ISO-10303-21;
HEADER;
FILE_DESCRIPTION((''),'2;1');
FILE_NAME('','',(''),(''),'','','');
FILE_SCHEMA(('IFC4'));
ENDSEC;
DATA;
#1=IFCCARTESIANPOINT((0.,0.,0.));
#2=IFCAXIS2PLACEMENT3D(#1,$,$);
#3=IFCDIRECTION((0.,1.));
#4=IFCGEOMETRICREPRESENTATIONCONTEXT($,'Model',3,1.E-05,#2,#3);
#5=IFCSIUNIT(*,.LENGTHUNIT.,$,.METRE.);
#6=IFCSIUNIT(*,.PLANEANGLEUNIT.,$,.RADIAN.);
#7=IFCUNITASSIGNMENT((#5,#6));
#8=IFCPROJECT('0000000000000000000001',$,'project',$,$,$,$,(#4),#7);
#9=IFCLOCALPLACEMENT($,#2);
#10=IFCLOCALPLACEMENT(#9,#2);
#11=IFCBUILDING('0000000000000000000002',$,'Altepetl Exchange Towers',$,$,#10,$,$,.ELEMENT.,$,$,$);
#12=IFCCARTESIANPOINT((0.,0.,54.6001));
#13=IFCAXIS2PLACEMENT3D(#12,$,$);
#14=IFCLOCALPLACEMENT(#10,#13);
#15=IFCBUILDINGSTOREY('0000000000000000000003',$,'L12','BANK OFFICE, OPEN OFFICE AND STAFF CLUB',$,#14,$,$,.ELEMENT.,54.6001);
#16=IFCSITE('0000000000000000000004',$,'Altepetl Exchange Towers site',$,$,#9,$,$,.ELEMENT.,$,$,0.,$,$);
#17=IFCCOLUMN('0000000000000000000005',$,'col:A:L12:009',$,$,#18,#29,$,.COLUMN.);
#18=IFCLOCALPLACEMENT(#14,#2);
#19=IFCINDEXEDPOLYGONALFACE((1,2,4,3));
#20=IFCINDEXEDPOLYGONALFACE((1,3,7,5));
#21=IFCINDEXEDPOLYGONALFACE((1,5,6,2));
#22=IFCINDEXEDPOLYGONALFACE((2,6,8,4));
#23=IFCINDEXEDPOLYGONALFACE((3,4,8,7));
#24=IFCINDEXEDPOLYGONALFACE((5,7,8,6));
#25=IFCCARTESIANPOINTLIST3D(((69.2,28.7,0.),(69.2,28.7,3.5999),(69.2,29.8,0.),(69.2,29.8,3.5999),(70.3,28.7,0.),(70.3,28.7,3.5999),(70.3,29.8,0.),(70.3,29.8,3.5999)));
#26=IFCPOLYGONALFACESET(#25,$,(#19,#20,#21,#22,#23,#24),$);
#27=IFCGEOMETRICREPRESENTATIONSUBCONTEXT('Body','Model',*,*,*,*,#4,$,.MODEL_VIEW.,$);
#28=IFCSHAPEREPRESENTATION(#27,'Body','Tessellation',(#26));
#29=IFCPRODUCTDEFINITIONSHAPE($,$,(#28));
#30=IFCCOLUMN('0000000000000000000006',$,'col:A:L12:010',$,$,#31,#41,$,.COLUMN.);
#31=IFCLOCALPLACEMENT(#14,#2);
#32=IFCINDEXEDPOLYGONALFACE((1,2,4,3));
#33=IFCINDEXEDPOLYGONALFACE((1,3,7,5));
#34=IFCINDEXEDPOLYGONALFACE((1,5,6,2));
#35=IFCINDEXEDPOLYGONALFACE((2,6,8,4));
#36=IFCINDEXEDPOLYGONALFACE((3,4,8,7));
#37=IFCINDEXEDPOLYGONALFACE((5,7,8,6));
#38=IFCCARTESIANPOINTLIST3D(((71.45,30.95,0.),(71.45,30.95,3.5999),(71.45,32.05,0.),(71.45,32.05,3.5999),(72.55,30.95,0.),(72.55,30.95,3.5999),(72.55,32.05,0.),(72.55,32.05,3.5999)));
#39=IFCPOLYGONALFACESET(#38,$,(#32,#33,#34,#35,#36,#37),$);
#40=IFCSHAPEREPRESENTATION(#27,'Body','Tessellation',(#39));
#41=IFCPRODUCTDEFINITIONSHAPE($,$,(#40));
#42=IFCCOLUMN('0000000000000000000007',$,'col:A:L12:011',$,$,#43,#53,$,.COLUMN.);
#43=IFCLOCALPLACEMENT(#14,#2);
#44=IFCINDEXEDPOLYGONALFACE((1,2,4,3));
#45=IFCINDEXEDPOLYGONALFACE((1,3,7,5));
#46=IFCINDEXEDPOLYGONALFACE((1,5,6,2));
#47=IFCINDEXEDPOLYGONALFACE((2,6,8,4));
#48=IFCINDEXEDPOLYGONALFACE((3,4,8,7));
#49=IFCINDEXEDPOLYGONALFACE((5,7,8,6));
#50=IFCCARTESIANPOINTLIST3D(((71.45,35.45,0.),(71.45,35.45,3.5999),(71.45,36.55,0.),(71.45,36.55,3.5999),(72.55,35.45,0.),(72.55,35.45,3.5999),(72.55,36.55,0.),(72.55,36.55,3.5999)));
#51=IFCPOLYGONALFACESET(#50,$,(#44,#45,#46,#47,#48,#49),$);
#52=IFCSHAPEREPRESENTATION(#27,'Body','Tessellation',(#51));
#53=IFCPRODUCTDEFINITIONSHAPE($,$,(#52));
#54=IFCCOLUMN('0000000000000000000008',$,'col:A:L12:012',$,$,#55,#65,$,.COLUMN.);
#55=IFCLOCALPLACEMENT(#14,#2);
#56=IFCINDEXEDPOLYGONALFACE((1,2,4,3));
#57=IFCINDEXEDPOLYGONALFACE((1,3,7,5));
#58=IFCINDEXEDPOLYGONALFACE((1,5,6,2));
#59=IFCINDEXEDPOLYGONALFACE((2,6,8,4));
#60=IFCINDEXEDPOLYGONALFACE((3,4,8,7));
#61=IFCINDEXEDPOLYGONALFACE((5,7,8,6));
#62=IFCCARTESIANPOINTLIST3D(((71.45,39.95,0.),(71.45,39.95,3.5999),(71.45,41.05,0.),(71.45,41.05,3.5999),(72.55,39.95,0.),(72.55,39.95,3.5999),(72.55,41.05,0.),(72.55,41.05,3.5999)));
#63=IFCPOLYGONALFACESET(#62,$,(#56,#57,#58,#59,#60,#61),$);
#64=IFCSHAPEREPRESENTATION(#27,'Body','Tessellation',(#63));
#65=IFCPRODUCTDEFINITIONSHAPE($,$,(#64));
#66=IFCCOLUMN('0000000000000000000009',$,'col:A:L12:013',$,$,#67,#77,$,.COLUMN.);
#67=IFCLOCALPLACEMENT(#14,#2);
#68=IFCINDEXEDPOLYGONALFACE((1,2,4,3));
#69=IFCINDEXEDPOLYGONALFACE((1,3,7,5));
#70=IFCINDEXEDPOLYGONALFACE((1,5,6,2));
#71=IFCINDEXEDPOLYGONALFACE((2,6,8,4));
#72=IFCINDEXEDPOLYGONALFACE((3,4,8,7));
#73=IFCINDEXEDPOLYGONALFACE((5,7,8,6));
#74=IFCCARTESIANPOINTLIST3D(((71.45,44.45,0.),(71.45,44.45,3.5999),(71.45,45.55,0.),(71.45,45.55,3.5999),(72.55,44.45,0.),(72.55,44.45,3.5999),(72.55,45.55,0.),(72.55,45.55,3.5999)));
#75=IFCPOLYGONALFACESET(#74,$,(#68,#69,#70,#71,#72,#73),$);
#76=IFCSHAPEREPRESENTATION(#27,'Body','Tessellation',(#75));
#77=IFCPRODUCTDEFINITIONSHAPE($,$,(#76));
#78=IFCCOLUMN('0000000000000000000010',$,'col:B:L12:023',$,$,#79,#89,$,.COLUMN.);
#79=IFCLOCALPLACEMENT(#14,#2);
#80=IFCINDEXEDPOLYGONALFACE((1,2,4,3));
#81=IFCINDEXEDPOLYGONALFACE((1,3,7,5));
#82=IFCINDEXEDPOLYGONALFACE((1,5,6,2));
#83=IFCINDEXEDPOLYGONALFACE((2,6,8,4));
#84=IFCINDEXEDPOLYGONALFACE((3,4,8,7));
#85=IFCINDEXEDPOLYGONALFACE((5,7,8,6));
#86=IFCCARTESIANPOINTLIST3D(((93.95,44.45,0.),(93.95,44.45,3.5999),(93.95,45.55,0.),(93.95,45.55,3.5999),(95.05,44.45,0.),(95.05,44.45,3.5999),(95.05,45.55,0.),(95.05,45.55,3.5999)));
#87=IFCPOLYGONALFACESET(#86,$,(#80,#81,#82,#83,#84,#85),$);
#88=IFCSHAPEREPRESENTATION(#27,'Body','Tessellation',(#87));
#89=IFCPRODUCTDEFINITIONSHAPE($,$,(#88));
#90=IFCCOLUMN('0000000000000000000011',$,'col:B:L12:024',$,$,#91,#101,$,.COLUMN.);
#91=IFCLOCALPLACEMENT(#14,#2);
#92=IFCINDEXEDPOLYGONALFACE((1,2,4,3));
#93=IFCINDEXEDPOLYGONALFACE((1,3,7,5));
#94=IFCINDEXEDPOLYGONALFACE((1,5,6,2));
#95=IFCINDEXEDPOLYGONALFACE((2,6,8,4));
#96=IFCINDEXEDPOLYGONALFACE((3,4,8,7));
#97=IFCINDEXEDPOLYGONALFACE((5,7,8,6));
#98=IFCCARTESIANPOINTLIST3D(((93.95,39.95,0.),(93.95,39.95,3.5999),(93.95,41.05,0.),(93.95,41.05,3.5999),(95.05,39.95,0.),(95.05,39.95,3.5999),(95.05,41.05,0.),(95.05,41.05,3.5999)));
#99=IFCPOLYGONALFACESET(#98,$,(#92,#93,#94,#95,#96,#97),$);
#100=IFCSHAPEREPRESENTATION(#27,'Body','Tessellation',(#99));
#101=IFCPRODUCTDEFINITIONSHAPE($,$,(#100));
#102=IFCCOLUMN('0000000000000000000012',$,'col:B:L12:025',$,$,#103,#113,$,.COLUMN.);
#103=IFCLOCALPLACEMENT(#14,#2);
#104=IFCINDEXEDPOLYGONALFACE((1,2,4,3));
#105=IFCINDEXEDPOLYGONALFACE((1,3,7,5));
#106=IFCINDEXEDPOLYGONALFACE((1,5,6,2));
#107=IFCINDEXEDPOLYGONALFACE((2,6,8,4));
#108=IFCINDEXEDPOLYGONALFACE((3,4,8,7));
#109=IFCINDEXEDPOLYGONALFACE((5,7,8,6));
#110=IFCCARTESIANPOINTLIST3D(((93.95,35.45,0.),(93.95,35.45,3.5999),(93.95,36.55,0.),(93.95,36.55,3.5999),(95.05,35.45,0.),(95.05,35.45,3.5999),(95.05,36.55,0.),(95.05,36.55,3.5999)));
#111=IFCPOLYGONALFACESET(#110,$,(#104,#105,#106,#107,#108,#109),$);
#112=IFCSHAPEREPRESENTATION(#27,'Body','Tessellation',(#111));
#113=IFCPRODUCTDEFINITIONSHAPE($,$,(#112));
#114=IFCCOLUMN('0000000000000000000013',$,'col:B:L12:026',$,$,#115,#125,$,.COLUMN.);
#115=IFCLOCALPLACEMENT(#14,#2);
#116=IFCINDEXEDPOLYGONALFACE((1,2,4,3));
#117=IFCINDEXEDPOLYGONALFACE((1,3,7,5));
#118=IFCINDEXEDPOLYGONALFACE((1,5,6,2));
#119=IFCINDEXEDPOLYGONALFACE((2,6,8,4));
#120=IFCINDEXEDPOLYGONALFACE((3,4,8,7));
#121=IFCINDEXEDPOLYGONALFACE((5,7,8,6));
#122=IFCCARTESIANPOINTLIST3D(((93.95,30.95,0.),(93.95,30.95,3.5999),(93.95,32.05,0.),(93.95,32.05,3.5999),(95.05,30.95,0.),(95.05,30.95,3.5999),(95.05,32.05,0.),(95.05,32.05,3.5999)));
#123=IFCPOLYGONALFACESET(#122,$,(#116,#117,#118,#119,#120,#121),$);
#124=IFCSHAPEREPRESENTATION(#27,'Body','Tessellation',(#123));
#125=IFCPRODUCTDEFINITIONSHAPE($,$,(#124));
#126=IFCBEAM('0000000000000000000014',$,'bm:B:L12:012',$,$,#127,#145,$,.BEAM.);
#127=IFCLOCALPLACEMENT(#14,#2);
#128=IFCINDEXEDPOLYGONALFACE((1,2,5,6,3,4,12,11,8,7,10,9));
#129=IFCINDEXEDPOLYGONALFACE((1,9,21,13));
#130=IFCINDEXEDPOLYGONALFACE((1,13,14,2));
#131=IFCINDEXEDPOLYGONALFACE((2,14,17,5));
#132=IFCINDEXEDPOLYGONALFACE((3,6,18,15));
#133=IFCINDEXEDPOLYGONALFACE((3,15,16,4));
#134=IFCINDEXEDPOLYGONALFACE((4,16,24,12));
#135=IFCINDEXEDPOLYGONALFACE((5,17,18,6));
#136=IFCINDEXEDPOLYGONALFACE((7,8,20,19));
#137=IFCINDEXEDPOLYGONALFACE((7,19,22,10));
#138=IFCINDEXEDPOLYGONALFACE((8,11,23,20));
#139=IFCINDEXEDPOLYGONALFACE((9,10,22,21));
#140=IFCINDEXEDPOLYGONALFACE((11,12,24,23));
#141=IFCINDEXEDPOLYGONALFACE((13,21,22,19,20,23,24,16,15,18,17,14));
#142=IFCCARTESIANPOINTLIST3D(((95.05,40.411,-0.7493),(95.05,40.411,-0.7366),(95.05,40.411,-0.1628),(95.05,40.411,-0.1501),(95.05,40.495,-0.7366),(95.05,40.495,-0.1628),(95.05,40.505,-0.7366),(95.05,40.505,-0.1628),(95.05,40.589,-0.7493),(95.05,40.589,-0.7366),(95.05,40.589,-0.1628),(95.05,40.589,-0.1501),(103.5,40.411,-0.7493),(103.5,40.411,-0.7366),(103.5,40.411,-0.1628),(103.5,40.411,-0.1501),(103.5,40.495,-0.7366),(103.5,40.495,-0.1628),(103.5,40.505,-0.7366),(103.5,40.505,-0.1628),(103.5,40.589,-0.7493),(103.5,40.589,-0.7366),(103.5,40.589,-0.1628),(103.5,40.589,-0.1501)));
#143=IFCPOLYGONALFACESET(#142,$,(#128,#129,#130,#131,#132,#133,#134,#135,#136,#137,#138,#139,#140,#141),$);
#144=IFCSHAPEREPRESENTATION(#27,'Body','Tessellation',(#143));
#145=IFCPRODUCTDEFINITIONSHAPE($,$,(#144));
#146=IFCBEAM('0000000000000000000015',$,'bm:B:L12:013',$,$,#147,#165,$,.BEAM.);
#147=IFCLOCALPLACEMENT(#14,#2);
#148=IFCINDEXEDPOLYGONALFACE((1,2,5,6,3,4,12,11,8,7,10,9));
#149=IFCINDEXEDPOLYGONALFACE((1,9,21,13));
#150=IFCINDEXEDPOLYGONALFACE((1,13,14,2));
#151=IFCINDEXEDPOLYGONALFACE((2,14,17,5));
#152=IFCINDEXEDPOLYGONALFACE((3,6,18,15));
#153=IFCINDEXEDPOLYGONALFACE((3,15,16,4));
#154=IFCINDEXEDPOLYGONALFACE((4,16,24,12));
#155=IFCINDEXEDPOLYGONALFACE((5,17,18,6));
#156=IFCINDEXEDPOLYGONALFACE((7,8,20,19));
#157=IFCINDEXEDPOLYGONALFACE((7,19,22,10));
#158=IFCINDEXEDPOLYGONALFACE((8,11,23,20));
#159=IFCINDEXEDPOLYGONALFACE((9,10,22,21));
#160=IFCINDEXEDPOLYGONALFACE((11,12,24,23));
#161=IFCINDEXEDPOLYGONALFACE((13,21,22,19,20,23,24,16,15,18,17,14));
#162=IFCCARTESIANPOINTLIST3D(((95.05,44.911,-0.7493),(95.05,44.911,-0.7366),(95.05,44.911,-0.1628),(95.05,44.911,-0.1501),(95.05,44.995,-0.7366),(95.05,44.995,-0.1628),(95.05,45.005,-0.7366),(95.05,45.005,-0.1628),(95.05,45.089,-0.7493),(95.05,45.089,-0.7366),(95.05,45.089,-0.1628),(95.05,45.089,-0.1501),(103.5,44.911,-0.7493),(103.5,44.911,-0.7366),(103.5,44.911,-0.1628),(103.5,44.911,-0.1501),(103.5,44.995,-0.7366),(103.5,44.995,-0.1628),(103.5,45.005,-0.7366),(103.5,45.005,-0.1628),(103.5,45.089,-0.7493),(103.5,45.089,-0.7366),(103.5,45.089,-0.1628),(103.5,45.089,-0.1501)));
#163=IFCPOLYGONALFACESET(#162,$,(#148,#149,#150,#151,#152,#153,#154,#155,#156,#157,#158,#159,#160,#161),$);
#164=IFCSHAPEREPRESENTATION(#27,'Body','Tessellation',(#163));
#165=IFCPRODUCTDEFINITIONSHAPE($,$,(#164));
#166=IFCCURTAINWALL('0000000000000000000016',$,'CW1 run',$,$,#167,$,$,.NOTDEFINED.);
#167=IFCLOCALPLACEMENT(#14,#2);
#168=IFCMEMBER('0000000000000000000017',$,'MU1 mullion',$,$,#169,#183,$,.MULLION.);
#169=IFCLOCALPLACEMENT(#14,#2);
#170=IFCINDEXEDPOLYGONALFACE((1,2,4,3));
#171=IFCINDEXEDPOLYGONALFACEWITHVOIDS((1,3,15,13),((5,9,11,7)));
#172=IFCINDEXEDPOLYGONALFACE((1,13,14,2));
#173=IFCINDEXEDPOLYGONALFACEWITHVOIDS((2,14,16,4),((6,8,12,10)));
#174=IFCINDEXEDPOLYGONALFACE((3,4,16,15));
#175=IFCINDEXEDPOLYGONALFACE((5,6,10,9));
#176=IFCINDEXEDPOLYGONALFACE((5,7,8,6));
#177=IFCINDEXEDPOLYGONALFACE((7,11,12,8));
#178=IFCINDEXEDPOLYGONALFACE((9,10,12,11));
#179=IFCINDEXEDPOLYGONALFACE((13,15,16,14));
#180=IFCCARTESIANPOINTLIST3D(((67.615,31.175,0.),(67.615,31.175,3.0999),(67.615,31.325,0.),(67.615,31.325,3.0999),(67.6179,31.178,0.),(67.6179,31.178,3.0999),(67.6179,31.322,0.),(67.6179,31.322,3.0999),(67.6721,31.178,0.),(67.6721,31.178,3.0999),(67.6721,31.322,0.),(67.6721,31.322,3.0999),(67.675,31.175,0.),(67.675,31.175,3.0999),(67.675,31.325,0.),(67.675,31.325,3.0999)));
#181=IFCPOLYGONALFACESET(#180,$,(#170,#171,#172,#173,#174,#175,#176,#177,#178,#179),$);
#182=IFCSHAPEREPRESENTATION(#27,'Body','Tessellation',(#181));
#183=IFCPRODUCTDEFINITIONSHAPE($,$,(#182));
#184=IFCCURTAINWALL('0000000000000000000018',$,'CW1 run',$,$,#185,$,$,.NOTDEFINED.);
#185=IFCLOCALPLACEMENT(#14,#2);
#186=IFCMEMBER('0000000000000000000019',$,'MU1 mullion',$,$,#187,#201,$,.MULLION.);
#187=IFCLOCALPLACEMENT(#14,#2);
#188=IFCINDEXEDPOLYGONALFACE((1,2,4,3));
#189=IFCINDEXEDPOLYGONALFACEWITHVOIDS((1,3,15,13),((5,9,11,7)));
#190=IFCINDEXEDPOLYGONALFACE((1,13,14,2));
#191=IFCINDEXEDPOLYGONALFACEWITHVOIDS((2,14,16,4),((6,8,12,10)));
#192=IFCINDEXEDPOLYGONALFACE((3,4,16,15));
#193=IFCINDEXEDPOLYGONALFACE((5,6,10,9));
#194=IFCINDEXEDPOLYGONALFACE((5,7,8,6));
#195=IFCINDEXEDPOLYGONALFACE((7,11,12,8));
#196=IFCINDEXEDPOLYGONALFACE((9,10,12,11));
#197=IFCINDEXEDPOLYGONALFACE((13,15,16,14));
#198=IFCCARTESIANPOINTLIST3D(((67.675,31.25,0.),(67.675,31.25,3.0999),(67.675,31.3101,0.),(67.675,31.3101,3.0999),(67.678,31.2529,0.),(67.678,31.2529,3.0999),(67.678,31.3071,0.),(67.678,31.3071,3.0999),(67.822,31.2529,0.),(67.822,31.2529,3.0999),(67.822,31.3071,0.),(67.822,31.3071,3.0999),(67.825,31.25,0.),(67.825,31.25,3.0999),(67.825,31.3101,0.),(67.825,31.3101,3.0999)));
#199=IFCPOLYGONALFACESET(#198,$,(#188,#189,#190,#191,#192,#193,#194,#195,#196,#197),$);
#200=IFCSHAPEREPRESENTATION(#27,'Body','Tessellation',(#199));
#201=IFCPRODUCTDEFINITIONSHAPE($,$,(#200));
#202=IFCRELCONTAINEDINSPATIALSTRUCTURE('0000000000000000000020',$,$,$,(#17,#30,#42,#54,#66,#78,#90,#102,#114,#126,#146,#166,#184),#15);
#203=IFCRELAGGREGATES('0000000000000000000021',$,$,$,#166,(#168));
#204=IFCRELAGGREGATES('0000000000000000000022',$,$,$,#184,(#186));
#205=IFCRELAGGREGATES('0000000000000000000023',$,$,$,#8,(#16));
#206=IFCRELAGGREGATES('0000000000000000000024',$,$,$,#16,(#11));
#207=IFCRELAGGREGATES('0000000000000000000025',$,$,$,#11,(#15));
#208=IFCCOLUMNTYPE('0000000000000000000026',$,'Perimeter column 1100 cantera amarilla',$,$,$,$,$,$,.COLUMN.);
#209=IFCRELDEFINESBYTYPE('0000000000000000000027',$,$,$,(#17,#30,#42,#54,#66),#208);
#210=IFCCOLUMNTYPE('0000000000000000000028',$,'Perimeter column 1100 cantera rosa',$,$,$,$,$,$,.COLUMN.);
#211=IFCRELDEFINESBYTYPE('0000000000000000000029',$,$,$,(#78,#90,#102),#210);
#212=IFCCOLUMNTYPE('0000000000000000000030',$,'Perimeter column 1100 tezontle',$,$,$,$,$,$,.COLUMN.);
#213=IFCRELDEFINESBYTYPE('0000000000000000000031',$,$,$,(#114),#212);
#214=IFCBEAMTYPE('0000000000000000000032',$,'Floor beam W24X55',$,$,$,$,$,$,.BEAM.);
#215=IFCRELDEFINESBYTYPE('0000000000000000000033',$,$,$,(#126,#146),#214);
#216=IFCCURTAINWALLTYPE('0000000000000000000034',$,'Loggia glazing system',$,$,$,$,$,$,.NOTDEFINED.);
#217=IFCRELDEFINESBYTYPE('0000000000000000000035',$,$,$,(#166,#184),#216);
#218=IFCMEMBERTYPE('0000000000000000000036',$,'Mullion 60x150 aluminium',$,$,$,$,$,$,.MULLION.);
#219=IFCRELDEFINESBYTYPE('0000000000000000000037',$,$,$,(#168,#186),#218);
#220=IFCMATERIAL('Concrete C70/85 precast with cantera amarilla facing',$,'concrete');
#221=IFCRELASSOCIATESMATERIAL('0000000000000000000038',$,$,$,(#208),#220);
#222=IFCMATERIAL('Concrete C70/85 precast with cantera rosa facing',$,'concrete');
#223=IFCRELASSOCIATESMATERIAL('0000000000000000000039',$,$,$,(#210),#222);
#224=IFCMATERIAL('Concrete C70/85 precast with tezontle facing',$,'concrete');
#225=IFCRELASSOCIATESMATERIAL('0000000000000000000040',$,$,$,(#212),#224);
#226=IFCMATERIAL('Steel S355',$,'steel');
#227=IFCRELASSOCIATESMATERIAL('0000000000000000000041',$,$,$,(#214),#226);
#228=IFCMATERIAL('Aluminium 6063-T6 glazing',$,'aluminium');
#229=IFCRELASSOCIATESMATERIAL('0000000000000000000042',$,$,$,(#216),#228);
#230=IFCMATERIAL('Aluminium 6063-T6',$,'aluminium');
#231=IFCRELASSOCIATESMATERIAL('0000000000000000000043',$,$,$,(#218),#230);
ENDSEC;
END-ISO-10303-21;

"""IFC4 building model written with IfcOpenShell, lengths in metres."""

from ifc_helpers import new_model, si_unit, direction, frame, origin, origin_2d, place, context, subcontext, project, spatial, rectangle, hollow_rectangle, i_section, extrude, material, material_profile, profile_set, type_object, element, aggregate, save


model = new_model("IFC4")

# Units and contexts
model_context = context("Model", 3, precision=1e-05, world=origin(), true_north=direction((0.0, 1.0)))
body_context = subcontext(model_context, "Body", "Model", "MODEL_VIEW")
ifc_project = project(units=[si_unit("LENGTHUNIT", "METRE"), si_unit("PLANEANGLEUNIT", "RADIAN")], contexts=[model_context])

# Site, building, storey
site_placement = place(None, origin())
site = spatial("IfcSite", under=ifc_project, at=site_placement, Name="Altepetl Exchange Towers site", CompositionType="ELEMENT", RefElevation=0.0)
building_placement = place(site_placement, origin())
building = spatial("IfcBuilding", under=site, at=building_placement, Name="Altepetl Exchange Towers", CompositionType="ELEMENT")
storey_placement = place(building_placement, frame((0.0, 0.0, 54.6001)))
storey = spatial("IfcBuildingStorey", under=building, at=storey_placement, Name="L12", Description="BANK OFFICE, OPEN OFFICE AND STAFF CLUB", CompositionType="ELEMENT", Elevation=54.6001)

# Columns
ifc_material_1 = material(Name="Concrete C70/85 precast with cantera amarilla facing", Category="concrete")
ifc_material_profile_1 = material_profile(ifc_material_1, rectangle(XDim=1.1001, YDim=1.1001, at=origin_2d()), Name="1100 x 1100")
ifc_profile_set_1 = profile_set([ifc_material_profile_1], Name="Concrete C70/85 precast with cantera amarilla facing")
column_type_1 = type_object("IfcColumnType", Name="Perimeter column 1100 cantera amarilla", PredefinedType="COLUMN", material=ifc_profile_set_1)
for number, where, name in (
    (1, (69.75, 29.25, 0.0), "col:A:L12:009"),
    (2, (72.0, 31.5, 0.0), "col:A:L12:010"),
    (3, (72.0, 36.0, 0.0), "col:A:L12:011"),
    (4, (72.0, 40.5, 0.0), "col:A:L12:012"),
    (5, (72.0, 45.0, 0.0), "col:A:L12:013"),
):
    element("IfcColumn", number, at=place(storey_placement, frame(where)), inside=storey, type_object=column_type_1, Name=name, PredefinedType="COLUMN", context=body_context, shape_type="SweptSolid", body=[
        extrude(rectangle(XDim=1.1001, YDim=1.1001, at=origin_2d()), origin(), (0.0, 0.0, 1.0), 3.5999),
    ])
ifc_material_2 = material(Name="Concrete C70/85 precast with cantera rosa facing", Category="concrete")
ifc_material_profile_2 = material_profile(ifc_material_2, rectangle(XDim=1.1001, YDim=1.1001, at=origin_2d()), Name="1100 x 1100")
ifc_profile_set_2 = profile_set([ifc_material_profile_2], Name="Concrete C70/85 precast with cantera rosa facing")
column_type_2 = type_object("IfcColumnType", Name="Perimeter column 1100 cantera rosa", PredefinedType="COLUMN", material=ifc_profile_set_2)
for number, where, name in (
    (6, (94.5, 45.0, 0.0), "col:B:L12:023"),
    (7, (94.5, 40.5, 0.0), "col:B:L12:024"),
    (8, (94.5, 36.0, 0.0), "col:B:L12:025"),
):
    element("IfcColumn", number, at=place(storey_placement, frame(where)), inside=storey, type_object=column_type_2, Name=name, PredefinedType="COLUMN", context=body_context, shape_type="SweptSolid", body=[
        extrude(rectangle(XDim=1.1001, YDim=1.1001, at=origin_2d()), origin(), (0.0, 0.0, 1.0), 3.5999),
    ])
ifc_material_3 = material(Name="Concrete C70/85 precast with tezontle facing", Category="concrete")
ifc_material_profile_3 = material_profile(ifc_material_3, rectangle(XDim=1.1001, YDim=1.1001, at=origin_2d()), Name="1100 x 1100")
ifc_profile_set_3 = profile_set([ifc_material_profile_3], Name="Concrete C70/85 precast with tezontle facing")
column_type_3 = type_object("IfcColumnType", Name="Perimeter column 1100 tezontle", PredefinedType="COLUMN", material=ifc_profile_set_3)
column_placement = place(storey_placement, frame((94.5, 31.5, 0.0)))
element("IfcColumn", 9, at=column_placement, inside=storey, type_object=column_type_3, Name="col:B:L12:026", PredefinedType="COLUMN", context=body_context, shape_type="SweptSolid", body=[
    extrude(rectangle(XDim=1.1001, YDim=1.1001, at=origin_2d()), origin(), (0.0, 0.0, 1.0), 3.5999),
])

# Beams
ifc_material_4 = material(Name="Steel S355", Category="steel")
ifc_material_profile_4 = material_profile(ifc_material_4, i_section(OverallWidth=0.178, OverallDepth=0.5991, WebThickness=0.01, FlangeThickness=0.0127, at=origin_2d()), Name="W24X55")
ifc_profile_set_4 = profile_set([ifc_material_profile_4], Name="Steel S355")
beam_type_1 = type_object("IfcBeamType", Name="Floor beam W24X55", PredefinedType="BEAM", material=ifc_profile_set_4)
for number, where, z_axis, x_axis, name in (
    (10, (95.05, 40.5, -0.4497), (1.0, 0.0, 0.0), (0.0, 1.0, 0.0), "bm:B:L12:012"),
    (11, (95.05, 45.0, -0.4497), (1.0, 0.0, 0.0), (0.0, 1.0, 0.0), "bm:B:L12:013"),
):
    element("IfcBeam", number, at=place(storey_placement, frame(where, z_axis=z_axis, x_axis=x_axis)), inside=storey, type_object=beam_type_1, Name=name, PredefinedType="BEAM", context=body_context, shape_type="SweptSolid", body=[
        extrude(i_section(OverallWidth=0.178, OverallDepth=0.5991, WebThickness=0.01, FlangeThickness=0.0127, at=origin_2d()), origin(), (0.0, 0.0, 1.0), 8.45),
    ])

# Curtain wall, member
ifc_material_5 = material(Name="Aluminium 6063-T6 glazing", Category="aluminium")
curtain_wall_type = type_object("IfcCurtainWallType", Name="Loggia glazing system", PredefinedType="NOTDEFINED", material=ifc_material_5)
curtain_wall_1_placement = place(storey_placement, origin())
curtain_wall_1 = element("IfcCurtainWall", 12, at=curtain_wall_1_placement, inside=storey, type_object=curtain_wall_type, Name="CW1 run", PredefinedType="NOTDEFINED")
ifc_material_6 = material(Name="Aluminium 6063-T6", Category="aluminium")
ifc_material_profile_5 = material_profile(ifc_material_6, hollow_rectangle(XDim=0.0601, YDim=0.1499, WallThickness=0.0029, at=origin_2d()), Name="Mullion 60x150 aluminium")
ifc_profile_set_5 = profile_set([ifc_material_profile_5], Name="Aluminium 6063-T6")
member_type = type_object("IfcMemberType", Name="Mullion 60x150 aluminium", PredefinedType="MULLION", material=ifc_profile_set_5)
member_1_placement = place(storey_placement, frame((67.645, 31.25, 0.0)))
member_1 = element("IfcMember", 13, at=member_1_placement, type_object=member_type, Name="MU1 mullion", PredefinedType="MULLION", context=body_context, shape_type="SweptSolid", body=[
    extrude(hollow_rectangle(XDim=0.0601, YDim=0.1499, WallThickness=0.0029, at=origin_2d()), origin(), (0.0, 0.0, 1.0), 3.0999),
])
aggregate(curtain_wall_1, [member_1])

# Curtain wall, member
curtain_wall_2_placement = place(storey_placement, origin())
curtain_wall_2 = element("IfcCurtainWall", 14, at=curtain_wall_2_placement, inside=storey, type_object=curtain_wall_type, Name="CW1 run", PredefinedType="NOTDEFINED")
member_2_placement = place(storey_placement, frame((67.75, 31.28, 0.0), z_axis=(0.0, 0.0, 1.0), x_axis=(0.0, 1.0, 0.0)))
member_2 = element("IfcMember", 15, at=member_2_placement, type_object=member_type, Name="MU1 mullion", PredefinedType="MULLION", context=body_context, shape_type="SweptSolid", body=[
    extrude(hollow_rectangle(XDim=0.0601, YDim=0.1499, WallThickness=0.0029, at=origin_2d()), origin(), (0.0, 0.0, 1.0), 3.0999),
])

aggregate(curtain_wall_2, [member_2])

save(model, "model.ifc")
